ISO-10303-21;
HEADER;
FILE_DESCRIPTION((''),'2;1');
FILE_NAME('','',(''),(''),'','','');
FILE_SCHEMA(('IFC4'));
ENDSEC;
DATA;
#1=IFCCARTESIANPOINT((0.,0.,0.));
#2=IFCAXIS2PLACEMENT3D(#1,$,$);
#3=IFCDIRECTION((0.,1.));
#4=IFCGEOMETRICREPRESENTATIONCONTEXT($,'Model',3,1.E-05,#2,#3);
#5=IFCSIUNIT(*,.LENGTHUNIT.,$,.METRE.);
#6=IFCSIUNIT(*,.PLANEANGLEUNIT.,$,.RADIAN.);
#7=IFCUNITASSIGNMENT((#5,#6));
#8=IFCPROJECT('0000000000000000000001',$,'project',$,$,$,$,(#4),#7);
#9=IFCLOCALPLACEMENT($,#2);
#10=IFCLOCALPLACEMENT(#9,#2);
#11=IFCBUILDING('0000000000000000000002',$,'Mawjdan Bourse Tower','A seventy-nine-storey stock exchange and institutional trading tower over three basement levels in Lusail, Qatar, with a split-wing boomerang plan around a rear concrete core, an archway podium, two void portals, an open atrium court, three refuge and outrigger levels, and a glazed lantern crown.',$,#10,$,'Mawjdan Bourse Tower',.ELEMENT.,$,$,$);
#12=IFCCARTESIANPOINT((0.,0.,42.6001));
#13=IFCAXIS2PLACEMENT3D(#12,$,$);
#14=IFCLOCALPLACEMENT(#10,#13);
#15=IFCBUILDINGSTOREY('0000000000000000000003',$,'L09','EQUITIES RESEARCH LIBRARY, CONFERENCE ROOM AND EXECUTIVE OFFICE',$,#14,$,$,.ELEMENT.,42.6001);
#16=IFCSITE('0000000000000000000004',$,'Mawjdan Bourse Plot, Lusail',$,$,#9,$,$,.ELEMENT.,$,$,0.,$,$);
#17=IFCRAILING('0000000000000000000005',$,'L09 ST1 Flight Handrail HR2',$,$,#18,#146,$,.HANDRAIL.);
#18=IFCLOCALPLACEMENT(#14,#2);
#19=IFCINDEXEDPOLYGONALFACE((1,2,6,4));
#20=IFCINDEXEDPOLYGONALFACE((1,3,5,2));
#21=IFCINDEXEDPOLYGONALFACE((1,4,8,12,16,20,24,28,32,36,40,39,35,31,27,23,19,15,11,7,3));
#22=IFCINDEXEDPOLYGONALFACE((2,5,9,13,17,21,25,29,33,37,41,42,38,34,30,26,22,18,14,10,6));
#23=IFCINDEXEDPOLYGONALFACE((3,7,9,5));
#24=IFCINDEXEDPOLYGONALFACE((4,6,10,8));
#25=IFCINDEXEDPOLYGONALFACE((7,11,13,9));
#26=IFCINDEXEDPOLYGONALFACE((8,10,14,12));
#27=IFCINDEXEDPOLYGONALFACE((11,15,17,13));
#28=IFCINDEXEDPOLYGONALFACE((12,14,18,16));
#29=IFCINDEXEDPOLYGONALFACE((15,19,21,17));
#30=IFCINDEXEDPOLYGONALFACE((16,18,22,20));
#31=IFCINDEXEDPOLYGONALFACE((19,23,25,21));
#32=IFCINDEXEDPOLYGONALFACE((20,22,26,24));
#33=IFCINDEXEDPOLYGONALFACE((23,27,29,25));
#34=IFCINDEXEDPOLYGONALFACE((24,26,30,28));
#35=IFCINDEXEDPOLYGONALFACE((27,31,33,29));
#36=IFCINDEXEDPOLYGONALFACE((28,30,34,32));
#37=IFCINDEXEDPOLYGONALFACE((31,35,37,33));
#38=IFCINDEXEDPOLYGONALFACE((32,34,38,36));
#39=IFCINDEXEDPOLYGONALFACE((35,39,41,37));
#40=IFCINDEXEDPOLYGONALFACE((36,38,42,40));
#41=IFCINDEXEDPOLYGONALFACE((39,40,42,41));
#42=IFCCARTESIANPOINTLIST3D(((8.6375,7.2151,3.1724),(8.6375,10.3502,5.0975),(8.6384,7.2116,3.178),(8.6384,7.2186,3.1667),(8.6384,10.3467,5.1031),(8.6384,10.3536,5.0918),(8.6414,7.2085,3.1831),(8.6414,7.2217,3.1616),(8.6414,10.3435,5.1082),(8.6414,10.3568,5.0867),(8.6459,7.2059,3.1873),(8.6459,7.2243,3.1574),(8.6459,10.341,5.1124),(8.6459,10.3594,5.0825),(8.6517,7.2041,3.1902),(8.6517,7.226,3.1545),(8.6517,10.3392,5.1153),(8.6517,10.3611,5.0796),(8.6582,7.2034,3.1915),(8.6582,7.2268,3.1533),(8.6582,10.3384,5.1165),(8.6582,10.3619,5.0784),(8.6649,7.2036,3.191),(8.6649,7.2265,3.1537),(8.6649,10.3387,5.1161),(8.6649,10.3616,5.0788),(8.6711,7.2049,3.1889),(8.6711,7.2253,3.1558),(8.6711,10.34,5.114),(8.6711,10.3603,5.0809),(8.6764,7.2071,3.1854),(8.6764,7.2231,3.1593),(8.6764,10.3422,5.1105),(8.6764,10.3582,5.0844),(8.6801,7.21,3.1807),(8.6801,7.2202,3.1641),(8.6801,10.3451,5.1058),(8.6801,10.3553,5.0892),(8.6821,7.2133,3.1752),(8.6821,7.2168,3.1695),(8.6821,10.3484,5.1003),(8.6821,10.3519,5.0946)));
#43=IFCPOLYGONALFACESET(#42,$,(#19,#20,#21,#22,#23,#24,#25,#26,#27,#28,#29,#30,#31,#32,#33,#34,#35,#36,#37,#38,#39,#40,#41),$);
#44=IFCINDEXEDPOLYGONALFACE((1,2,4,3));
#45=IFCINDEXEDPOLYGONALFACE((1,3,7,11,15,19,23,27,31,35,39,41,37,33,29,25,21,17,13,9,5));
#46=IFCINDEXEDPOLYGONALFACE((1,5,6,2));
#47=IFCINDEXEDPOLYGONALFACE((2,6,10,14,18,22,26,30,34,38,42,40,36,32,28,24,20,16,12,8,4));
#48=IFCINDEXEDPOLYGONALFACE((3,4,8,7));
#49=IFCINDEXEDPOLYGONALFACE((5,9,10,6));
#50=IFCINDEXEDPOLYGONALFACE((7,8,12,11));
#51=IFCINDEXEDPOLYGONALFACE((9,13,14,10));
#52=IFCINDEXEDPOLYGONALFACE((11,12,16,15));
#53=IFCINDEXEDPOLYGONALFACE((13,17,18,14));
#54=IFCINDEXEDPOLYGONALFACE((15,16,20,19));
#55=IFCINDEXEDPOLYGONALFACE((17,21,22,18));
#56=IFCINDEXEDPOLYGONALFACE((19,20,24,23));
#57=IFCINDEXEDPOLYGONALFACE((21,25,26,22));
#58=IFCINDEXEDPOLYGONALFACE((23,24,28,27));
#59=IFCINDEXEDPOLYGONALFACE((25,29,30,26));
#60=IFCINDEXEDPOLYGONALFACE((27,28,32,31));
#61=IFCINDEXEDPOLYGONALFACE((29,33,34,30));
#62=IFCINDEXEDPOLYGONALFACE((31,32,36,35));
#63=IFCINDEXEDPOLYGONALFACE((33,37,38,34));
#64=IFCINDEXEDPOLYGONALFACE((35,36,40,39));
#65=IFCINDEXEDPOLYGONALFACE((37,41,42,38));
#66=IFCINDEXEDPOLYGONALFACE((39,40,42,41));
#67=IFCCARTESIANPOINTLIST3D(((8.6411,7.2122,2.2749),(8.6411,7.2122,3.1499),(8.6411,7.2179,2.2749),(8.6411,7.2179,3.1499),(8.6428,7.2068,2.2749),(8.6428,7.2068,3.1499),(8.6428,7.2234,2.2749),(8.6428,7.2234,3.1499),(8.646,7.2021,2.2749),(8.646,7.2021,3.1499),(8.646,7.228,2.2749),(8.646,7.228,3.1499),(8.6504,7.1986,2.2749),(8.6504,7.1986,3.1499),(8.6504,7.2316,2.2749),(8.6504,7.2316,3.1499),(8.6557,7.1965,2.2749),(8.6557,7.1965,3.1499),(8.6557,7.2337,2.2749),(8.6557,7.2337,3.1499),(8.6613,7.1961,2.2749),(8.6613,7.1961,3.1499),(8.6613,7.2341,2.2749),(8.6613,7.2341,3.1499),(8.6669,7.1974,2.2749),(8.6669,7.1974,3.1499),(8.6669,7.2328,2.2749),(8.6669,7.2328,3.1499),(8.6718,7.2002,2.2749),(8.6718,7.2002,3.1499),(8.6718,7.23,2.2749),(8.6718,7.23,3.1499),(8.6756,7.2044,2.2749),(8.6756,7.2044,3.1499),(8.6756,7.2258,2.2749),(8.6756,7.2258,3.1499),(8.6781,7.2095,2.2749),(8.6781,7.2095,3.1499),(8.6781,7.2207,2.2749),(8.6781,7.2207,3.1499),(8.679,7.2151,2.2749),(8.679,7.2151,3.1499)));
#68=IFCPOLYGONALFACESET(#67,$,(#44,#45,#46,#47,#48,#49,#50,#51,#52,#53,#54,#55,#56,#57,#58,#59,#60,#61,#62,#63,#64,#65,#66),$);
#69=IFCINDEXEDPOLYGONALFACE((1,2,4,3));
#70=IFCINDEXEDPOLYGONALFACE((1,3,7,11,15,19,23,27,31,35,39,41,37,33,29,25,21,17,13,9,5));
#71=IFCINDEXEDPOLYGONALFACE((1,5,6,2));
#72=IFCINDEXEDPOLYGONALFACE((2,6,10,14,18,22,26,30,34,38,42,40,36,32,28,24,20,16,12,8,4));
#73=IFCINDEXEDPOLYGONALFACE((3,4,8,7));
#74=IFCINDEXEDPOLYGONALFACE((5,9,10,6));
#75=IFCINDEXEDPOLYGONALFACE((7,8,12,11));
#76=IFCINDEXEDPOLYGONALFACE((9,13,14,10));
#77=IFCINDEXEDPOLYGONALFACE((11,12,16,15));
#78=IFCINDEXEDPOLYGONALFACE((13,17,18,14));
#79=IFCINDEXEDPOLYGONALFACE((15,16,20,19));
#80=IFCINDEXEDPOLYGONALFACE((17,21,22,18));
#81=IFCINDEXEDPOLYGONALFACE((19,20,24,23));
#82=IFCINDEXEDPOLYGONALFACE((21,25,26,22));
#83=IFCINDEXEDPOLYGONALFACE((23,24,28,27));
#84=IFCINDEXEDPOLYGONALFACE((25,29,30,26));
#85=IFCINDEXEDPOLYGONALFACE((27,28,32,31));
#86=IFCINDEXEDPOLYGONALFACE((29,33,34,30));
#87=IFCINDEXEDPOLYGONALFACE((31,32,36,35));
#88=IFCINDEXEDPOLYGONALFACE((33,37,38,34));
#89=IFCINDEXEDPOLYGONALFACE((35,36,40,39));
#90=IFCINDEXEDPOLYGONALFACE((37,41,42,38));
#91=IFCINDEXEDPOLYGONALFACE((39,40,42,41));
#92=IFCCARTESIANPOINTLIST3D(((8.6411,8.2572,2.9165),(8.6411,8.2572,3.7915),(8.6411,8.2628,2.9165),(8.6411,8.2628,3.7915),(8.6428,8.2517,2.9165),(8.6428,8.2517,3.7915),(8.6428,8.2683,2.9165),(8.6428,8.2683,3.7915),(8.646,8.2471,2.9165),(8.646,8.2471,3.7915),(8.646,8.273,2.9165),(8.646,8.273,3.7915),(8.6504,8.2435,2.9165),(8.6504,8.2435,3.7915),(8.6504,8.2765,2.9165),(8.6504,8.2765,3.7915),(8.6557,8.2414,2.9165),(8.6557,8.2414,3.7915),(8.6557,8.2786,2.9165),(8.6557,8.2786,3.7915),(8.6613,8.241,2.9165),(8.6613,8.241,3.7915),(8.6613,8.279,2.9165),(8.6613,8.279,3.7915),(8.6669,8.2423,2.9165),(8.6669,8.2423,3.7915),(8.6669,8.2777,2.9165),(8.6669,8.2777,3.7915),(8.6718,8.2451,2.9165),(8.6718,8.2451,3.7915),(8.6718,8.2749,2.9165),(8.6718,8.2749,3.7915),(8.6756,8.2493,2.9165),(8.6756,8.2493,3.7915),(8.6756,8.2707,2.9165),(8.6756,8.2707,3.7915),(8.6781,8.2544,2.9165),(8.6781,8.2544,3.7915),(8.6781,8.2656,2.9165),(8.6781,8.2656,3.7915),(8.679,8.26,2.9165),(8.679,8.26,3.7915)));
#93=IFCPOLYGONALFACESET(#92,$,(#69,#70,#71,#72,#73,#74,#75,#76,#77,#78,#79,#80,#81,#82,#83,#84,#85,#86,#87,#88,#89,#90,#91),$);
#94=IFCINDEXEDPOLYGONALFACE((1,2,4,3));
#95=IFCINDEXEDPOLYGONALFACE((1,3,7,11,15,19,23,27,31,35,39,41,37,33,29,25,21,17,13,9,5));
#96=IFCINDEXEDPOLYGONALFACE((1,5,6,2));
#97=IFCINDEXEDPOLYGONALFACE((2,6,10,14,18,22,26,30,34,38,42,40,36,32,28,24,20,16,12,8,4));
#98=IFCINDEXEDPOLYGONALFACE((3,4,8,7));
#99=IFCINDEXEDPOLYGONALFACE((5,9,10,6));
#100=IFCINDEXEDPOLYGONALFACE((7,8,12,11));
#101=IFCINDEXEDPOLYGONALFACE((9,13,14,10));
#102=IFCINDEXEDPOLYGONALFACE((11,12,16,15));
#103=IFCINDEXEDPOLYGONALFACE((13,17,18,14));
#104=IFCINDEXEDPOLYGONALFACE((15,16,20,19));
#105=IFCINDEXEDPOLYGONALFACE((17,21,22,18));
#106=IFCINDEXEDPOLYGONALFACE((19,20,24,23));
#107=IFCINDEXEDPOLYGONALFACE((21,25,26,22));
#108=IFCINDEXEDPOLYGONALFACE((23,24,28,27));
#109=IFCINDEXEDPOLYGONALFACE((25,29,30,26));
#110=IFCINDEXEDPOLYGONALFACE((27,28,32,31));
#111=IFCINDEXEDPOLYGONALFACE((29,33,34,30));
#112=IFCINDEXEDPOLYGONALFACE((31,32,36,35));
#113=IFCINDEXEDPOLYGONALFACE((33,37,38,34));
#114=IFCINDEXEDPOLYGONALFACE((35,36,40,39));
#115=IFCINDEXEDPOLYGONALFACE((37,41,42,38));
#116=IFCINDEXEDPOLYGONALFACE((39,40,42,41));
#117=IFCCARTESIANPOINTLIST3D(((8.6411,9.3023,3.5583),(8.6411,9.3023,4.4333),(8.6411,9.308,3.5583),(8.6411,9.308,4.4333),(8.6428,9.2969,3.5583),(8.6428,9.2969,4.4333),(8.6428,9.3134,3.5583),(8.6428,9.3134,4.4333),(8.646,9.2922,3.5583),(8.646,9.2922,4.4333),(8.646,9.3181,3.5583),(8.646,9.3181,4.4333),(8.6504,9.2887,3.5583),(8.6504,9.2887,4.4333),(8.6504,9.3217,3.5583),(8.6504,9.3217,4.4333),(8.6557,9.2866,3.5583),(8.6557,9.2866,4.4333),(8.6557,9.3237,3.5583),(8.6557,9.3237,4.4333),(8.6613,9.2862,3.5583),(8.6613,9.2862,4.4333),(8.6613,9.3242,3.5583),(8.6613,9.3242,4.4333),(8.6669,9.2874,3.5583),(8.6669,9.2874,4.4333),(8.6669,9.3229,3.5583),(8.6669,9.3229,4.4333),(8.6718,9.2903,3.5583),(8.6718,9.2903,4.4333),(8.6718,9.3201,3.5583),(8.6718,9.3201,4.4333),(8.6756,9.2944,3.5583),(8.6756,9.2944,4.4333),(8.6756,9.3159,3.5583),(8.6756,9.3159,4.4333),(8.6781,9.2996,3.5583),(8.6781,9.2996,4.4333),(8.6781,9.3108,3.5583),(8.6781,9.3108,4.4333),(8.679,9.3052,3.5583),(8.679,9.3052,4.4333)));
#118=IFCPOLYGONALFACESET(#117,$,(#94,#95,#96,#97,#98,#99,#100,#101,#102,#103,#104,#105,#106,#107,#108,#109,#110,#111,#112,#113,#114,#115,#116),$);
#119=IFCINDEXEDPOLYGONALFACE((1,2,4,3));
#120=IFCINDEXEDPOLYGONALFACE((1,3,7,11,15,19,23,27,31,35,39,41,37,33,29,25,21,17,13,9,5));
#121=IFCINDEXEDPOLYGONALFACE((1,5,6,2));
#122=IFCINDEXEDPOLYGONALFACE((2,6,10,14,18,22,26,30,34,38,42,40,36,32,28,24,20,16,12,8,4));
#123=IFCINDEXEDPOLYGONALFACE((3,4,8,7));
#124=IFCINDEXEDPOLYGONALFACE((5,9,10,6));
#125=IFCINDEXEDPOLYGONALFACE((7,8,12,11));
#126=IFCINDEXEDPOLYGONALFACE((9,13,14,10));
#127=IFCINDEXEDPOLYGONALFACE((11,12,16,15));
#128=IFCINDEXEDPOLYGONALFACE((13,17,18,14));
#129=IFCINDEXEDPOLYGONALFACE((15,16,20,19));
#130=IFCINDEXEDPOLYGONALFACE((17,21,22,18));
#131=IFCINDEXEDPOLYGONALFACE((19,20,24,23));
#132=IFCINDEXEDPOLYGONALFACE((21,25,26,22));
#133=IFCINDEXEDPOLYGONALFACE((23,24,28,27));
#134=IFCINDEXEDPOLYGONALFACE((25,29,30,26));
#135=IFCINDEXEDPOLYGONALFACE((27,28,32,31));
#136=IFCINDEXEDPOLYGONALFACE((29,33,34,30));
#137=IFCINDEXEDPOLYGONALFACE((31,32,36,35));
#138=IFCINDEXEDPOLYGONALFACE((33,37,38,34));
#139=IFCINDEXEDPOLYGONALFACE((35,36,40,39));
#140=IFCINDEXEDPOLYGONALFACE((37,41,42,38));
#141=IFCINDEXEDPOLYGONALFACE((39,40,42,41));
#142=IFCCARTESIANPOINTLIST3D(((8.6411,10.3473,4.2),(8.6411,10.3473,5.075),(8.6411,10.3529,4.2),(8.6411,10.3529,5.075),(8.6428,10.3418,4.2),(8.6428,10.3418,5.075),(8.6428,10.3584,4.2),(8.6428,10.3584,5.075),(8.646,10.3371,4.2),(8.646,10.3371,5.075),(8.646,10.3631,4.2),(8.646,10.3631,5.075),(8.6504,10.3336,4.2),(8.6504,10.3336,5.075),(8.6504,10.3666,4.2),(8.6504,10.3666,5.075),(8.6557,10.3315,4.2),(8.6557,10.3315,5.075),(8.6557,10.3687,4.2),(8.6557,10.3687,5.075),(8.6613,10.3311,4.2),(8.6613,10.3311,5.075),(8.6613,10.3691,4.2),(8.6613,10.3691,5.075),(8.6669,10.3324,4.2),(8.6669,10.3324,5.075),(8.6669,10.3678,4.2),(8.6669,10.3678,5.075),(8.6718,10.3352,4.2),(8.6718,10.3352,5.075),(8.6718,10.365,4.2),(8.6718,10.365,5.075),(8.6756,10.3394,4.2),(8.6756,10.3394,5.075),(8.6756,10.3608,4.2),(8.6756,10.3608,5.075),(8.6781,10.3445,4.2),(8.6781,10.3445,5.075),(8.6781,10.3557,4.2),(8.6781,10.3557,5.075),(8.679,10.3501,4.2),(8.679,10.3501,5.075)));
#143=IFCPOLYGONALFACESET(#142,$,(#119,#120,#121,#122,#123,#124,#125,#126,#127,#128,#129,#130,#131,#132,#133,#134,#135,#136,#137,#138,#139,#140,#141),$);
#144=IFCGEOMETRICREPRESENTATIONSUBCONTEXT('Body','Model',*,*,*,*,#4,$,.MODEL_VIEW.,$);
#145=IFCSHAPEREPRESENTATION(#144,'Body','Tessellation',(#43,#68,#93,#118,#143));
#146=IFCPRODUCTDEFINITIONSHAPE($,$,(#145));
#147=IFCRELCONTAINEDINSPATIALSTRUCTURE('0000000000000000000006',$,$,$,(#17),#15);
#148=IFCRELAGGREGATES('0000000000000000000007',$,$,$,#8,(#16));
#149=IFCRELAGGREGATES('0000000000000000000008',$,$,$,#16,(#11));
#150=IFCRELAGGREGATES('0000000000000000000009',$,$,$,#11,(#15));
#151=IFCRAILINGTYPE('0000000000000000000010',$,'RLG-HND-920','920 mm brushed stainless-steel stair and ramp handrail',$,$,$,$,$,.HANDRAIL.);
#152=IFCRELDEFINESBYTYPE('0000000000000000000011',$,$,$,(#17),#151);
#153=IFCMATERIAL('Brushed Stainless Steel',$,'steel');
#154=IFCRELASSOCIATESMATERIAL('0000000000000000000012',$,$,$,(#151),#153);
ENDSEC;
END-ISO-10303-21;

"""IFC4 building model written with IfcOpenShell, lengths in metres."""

from ifc_helpers import new_model, si_unit, direction, frame, origin, origin_2d, place, context, subcontext, project, spatial, circle, extrude, material, type_object, element, save


model = new_model("IFC4")

# Units and contexts
model_context = context("Model", 3, precision=1e-05, world=origin(), true_north=direction((0.0, 1.0)))
body_context = subcontext(model_context, "Body", "Model", "MODEL_VIEW")
ifc_project = project(units=[si_unit("LENGTHUNIT", "METRE"), si_unit("PLANEANGLEUNIT", "RADIAN")], contexts=[model_context])

# Site, building, storey
site_placement = place(None, origin())
site = spatial("IfcSite", under=ifc_project, at=site_placement, Name="Mawjdan Bourse Plot, Lusail", CompositionType="ELEMENT", RefElevation=0.0)
building_placement = place(site_placement, origin())
building = spatial("IfcBuilding", under=site, at=building_placement, Name="Mawjdan Bourse Tower", Description="A seventy-nine-storey stock exchange and institutional trading tower over three basement levels in Lusail, Qatar, with a split-wing boomerang plan around a rear concrete core, an archway podium, two void portals, an open atrium court, three refuge and outrigger levels, and a glazed lantern crown.", LongName="Mawjdan Bourse Tower", CompositionType="ELEMENT")
storey_placement = place(building_placement, frame((0.0, 0.0, 42.6001)))
storey = spatial("IfcBuildingStorey", under=building, at=storey_placement, Name="L09", Description="EQUITIES RESEARCH LIBRARY, CONFERENCE ROOM AND EXECUTIVE OFFICE", CompositionType="ELEMENT", Elevation=42.6001)

# Shared definitions
ifc_material_1 = material(Name="Brushed Stainless Steel", Category="steel")

# Railing
railing_type = type_object("IfcRailingType", Name="RLG-HND-920", Description="920 mm brushed stainless-steel stair and ramp handrail", PredefinedType="HANDRAIL", material=ifc_material_1)
railing_1_placement = place(storey_placement, frame((8.6599, 7.2151, 2.2749)))
element("IfcRailing", 1, at=railing_1_placement, inside=storey, type_object=railing_type, Name="L09 ST1 Flight Handrail HR2", PredefinedType="HANDRAIL", context=body_context, shape_type="SweptSolid", body=[
    extrude(circle(Radius=0.0225, at=origin_2d()), frame((0.0, 0.0, 0.8975), z_axis=(0.0, 0.852166, 0.523271), x_axis=(-1.0, 0.0, 0.0)), (0.0, 0.0, 1.0), 3.679),
    extrude(circle(Radius=0.019, at=origin_2d()), origin(), (0.0, 0.0, 1.0), 0.875),
    extrude(circle(Radius=0.019, at=origin_2d()), frame((0.0, 1.0449, 0.6416)), (0.0, 0.0, 1.0), 0.875),
    extrude(circle(Radius=0.019, at=origin_2d()), frame((0.0, 2.0901, 1.2834)), (0.0, 0.0, 1.0), 0.875),
    extrude(circle(Radius=0.019, at=origin_2d()), frame((0.0, 3.135, 1.925)), (0.0, 0.0, 1.0), 0.875),
])

save(model, "model.ifc")
